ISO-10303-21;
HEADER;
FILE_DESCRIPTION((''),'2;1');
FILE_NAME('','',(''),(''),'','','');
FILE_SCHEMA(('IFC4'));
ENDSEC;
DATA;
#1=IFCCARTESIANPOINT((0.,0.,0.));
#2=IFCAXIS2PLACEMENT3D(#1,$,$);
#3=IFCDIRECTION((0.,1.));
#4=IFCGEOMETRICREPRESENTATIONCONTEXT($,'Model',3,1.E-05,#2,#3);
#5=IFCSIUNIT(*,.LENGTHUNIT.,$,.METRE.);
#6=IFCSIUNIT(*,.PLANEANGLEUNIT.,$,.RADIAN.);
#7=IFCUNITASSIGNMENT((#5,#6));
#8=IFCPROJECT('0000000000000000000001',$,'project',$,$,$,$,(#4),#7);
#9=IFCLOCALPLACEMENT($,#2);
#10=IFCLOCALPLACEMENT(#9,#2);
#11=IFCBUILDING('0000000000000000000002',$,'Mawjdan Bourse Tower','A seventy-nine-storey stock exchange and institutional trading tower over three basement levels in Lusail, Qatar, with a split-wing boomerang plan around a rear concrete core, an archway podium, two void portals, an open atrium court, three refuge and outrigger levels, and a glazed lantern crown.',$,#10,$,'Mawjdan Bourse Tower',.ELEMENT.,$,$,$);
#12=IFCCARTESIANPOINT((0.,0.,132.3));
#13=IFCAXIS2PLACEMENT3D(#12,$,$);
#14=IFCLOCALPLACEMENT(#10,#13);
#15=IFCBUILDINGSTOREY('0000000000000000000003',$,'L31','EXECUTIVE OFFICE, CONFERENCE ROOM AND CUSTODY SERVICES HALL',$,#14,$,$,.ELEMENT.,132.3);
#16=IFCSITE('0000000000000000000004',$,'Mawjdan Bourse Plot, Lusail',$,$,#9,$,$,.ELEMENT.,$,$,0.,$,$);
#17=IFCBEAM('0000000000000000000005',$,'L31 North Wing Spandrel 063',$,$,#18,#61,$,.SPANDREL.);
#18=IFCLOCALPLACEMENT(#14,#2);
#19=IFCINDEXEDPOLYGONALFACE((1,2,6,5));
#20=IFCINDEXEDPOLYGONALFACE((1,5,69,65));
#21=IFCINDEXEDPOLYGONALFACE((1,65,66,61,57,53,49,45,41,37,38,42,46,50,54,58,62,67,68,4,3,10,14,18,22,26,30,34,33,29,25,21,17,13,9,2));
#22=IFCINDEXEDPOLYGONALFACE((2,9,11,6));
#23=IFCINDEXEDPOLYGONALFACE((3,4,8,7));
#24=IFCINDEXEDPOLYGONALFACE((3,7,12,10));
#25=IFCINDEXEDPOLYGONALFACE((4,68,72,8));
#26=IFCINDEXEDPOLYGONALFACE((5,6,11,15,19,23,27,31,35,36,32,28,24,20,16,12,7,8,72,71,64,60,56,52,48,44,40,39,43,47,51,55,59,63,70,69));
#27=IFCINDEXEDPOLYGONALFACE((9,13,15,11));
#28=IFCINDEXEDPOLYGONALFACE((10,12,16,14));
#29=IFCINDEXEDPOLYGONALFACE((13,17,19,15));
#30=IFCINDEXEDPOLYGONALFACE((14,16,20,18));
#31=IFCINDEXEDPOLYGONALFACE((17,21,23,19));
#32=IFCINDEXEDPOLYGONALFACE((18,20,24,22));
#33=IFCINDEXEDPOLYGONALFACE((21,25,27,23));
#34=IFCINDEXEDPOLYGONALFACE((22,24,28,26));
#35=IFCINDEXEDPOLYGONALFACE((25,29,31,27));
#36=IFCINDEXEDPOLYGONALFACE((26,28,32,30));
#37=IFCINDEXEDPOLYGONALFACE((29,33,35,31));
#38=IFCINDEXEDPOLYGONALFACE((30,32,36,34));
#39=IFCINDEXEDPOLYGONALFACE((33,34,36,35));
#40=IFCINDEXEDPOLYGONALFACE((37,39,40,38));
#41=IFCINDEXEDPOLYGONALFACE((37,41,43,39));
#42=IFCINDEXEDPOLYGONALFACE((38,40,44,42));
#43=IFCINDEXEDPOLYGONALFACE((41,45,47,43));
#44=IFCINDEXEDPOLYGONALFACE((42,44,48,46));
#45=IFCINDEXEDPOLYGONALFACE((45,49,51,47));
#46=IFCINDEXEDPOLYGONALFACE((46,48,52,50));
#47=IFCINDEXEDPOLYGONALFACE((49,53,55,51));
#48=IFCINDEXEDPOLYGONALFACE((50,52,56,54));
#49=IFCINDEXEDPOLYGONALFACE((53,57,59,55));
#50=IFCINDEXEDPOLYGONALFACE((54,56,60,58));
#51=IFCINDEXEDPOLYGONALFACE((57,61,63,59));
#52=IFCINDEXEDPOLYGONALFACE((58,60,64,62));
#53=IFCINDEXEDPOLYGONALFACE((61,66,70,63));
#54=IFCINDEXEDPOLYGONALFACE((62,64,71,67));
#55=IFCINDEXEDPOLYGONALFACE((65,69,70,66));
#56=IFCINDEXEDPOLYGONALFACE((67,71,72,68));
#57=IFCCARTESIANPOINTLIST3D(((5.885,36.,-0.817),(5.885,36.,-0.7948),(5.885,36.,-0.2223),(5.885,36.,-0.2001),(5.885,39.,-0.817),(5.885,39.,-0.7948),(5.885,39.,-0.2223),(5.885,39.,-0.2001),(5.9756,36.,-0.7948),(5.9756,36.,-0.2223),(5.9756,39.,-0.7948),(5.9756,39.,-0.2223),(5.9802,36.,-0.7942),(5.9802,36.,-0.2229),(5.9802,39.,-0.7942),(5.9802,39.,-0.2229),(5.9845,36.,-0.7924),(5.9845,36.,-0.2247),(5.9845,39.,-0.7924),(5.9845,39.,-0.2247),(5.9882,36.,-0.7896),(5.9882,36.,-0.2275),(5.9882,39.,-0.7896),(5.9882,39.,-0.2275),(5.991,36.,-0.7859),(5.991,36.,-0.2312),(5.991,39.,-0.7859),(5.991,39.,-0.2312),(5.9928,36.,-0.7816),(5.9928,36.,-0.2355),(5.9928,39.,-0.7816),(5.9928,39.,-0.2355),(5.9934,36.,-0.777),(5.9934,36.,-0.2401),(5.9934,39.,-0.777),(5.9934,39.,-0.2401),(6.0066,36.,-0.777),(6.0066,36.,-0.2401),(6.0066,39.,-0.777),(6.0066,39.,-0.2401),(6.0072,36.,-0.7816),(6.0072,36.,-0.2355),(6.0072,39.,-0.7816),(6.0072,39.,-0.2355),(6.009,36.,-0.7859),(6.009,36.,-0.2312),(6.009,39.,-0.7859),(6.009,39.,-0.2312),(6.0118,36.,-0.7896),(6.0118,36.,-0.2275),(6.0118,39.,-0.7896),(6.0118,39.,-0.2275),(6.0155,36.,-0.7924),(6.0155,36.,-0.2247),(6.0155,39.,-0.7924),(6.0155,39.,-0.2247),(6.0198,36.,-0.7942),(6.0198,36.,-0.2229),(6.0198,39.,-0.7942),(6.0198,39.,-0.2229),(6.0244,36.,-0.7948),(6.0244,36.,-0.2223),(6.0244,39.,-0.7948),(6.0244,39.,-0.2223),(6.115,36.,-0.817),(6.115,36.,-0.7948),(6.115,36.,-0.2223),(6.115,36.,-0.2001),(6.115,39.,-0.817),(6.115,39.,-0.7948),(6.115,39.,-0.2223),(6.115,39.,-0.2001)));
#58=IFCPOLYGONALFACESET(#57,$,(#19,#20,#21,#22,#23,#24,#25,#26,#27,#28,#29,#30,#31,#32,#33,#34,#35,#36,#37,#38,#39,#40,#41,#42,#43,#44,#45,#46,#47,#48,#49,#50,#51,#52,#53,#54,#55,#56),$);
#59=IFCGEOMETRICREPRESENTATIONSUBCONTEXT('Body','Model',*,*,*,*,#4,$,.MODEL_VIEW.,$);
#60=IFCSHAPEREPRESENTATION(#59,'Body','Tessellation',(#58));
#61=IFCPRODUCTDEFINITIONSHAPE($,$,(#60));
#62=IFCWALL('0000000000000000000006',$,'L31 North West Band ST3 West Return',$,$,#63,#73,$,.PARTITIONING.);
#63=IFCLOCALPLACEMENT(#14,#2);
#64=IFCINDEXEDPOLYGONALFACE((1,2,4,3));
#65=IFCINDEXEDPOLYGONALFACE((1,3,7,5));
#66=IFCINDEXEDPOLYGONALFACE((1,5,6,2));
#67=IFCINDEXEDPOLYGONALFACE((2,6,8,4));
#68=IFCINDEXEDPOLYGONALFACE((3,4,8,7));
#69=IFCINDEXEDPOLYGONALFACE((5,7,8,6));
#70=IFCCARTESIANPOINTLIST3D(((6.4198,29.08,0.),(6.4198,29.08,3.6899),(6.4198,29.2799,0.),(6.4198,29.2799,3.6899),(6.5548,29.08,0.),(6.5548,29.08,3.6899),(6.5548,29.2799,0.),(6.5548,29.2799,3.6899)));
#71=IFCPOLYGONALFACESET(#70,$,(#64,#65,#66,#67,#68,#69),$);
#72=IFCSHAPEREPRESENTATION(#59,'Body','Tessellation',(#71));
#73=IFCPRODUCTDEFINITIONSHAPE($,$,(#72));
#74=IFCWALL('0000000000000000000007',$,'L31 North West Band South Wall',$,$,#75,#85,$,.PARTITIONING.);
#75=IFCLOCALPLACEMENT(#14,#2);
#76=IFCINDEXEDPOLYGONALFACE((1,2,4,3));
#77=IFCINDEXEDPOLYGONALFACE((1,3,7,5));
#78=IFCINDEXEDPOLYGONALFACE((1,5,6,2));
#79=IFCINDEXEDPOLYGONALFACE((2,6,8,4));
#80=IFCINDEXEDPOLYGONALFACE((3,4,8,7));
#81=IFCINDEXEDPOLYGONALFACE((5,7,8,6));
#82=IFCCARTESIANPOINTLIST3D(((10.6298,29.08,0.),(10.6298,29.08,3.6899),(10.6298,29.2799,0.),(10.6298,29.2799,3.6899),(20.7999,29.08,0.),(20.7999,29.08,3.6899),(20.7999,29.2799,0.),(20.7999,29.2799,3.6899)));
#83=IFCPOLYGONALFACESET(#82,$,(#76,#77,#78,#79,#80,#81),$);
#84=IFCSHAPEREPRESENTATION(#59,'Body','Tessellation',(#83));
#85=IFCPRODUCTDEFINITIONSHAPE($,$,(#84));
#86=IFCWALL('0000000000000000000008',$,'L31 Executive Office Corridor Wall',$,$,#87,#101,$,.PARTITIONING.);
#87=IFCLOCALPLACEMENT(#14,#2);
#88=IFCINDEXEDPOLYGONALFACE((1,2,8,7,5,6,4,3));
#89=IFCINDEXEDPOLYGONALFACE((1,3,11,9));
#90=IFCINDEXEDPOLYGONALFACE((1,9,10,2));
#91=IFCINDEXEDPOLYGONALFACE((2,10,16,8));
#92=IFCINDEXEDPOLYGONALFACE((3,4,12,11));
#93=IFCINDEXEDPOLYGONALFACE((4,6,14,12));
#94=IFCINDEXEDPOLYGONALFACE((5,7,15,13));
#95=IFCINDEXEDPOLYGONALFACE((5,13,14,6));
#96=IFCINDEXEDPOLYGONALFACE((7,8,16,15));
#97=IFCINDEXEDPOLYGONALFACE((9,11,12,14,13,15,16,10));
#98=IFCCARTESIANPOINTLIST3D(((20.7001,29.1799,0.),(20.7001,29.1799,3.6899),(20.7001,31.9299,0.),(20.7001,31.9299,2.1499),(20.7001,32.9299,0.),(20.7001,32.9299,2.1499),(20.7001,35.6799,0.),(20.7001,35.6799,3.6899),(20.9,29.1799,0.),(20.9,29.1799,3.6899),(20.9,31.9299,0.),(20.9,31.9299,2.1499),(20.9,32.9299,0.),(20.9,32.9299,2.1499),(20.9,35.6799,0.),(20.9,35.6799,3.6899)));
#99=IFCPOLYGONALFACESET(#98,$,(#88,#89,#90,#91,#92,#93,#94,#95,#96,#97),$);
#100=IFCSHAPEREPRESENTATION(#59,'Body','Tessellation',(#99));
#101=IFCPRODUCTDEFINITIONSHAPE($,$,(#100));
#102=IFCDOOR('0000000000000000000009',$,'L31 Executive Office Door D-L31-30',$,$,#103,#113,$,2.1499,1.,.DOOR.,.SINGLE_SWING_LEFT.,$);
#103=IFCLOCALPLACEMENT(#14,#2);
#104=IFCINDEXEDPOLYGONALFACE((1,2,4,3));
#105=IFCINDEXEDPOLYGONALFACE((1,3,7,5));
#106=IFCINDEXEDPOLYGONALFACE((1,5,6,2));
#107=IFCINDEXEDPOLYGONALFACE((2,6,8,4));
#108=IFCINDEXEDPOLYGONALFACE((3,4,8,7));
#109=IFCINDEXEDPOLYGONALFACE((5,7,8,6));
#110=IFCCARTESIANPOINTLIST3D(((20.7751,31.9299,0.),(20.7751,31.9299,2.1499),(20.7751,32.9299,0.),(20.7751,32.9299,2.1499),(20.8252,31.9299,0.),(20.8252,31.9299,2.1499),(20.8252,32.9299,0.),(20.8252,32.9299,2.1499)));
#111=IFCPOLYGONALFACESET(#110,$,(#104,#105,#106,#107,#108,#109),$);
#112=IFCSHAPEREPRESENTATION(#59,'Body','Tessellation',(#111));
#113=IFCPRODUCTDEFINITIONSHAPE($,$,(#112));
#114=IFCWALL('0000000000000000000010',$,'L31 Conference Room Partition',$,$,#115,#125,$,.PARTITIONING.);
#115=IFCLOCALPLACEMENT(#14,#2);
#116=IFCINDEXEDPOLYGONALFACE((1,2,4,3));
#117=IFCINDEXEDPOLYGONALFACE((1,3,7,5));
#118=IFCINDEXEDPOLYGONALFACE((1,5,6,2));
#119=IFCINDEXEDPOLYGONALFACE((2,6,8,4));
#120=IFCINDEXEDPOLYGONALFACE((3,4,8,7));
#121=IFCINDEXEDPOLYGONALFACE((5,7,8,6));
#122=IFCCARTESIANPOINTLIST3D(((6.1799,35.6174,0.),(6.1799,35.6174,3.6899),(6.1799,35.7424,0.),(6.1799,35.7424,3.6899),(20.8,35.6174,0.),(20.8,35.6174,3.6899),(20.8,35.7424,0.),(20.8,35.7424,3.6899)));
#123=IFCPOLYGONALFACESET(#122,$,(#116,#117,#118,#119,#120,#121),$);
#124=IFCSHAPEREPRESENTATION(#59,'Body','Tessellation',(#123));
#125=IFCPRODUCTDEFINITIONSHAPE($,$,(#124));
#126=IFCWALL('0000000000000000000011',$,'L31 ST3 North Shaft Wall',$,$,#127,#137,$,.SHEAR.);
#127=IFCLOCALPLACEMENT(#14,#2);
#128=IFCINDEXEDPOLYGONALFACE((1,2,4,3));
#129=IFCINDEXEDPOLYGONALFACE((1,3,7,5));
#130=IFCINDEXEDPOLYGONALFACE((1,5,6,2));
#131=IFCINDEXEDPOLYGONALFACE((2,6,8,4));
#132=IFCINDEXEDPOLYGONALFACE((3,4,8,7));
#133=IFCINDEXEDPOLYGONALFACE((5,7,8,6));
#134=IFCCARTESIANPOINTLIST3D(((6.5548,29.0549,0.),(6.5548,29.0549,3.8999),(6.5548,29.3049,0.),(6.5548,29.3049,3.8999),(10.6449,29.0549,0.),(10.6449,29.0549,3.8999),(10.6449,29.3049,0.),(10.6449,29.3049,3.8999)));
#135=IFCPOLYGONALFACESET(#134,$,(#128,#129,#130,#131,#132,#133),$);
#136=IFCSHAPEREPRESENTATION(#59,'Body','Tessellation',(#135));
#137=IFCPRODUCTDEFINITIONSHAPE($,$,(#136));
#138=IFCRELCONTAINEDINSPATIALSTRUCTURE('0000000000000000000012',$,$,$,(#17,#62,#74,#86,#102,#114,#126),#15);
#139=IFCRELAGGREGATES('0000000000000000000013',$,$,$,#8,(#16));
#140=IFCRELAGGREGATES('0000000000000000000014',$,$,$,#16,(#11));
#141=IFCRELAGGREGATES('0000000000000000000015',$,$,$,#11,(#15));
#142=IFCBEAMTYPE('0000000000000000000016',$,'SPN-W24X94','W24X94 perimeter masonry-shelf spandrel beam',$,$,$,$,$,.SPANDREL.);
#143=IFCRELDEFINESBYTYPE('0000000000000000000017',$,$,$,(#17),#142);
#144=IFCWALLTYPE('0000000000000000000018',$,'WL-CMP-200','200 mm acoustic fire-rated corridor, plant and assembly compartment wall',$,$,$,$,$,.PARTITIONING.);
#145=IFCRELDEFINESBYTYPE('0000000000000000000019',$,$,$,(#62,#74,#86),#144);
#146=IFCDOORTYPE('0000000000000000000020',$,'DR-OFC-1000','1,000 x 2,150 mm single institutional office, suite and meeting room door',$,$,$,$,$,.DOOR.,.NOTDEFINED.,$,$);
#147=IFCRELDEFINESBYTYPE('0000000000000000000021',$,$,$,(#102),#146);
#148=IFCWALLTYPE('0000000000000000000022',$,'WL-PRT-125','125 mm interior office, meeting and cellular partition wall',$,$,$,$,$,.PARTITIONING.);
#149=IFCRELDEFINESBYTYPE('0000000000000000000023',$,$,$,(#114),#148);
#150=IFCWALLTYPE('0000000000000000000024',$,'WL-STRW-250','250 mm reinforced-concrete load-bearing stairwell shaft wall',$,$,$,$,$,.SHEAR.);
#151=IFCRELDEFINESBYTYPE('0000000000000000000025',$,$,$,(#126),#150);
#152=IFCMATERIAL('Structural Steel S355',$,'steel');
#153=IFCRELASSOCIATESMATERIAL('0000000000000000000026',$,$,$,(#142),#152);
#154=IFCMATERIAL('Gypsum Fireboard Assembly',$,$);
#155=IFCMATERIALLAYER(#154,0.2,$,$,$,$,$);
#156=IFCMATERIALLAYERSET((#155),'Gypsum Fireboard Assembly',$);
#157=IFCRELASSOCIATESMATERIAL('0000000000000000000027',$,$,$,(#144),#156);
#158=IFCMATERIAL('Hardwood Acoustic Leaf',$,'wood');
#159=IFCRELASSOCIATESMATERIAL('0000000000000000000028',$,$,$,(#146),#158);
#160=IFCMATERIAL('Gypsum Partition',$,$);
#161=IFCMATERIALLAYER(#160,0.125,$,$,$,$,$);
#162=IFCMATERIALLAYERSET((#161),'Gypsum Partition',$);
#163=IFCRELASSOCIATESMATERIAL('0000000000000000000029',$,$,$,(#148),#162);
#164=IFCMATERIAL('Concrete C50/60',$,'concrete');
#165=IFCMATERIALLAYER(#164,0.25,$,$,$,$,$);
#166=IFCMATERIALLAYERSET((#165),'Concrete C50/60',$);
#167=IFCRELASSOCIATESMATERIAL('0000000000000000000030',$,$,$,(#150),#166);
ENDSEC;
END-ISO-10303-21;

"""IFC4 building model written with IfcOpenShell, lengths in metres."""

from ifc_helpers import new_model, si_unit, direction, frame, frame_2d, origin, origin_2d, place, context, subcontext, project, spatial, rectangle, i_section, extrude, material, layer, layer_set, material_profile, profile_set, type_object, element, fill, save


model = new_model("IFC4")

# Units and contexts
model_context = context("Model", 3, precision=1e-05, world=origin(), true_north=direction((0.0, 1.0)))
body_context = subcontext(model_context, "Body", "Model", "MODEL_VIEW")
ifc_project = project(units=[si_unit("LENGTHUNIT", "METRE"), si_unit("PLANEANGLEUNIT", "RADIAN")], contexts=[model_context])

# Site, building, storey
site_placement = place(None, origin())
site = spatial("IfcSite", under=ifc_project, at=site_placement, Name="Mawjdan Bourse Plot, Lusail", CompositionType="ELEMENT", RefElevation=0.0)
building_placement = place(site_placement, origin())
building = spatial("IfcBuilding", under=site, at=building_placement, Name="Mawjdan Bourse Tower", Description="A seventy-nine-storey stock exchange and institutional trading tower over three basement levels in Lusail, Qatar, with a split-wing boomerang plan around a rear concrete core, an archway podium, two void portals, an open atrium court, three refuge and outrigger levels, and a glazed lantern crown.", LongName="Mawjdan Bourse Tower", CompositionType="ELEMENT")
storey_placement = place(building_placement, frame((0.0, 0.0, 132.3)))
storey = spatial("IfcBuildingStorey", under=building, at=storey_placement, Name="L31", Description="EXECUTIVE OFFICE, CONFERENCE ROOM AND CUSTODY SERVICES HALL", CompositionType="ELEMENT", Elevation=132.3)

# Beam
ifc_material_1 = material(Name="Structural Steel S355", Category="steel")
ifc_material_profile_1 = material_profile(ifc_material_1, i_section(OverallWidth=0.23, OverallDepth=0.6169, WebThickness=0.0132, FlangeThickness=0.0222, FilletRadius=0.0178, at=origin_2d()), Name="W24X94")
ifc_profile_set_1 = profile_set([ifc_material_profile_1], Name="Structural Steel S355")
beam_type_1 = type_object("IfcBeamType", Name="SPN-W24X94", Description="W24X94 perimeter masonry-shelf spandrel beam", PredefinedType="SPANDREL", material=ifc_profile_set_1)
beam_1_placement = place(storey_placement, frame((6.0, 36.0, -0.5085), z_axis=(0.0, 1.0, 0.0), x_axis=(-1.0, 0.0, 0.0)))
element("IfcBeam", 1, at=beam_1_placement, inside=storey, type_object=beam_type_1, Name="L31 North Wing Spandrel 063", PredefinedType="SPANDREL", context=body_context, shape_type="SweptSolid", body=[
    extrude(i_section(OverallWidth=0.23, OverallDepth=0.6169, WebThickness=0.0132, FlangeThickness=0.0222, FilletRadius=0.0178, at=origin_2d()), origin(), (0.0, 0.0, 1.0), 3.0),
])

# Walls
ifc_material_2 = material(Name="Gypsum Fireboard Assembly")
ifc_layer_1 = layer(ifc_material_2, 0.2)
ifc_layer_set_1 = layer_set([ifc_layer_1], Name="Gypsum Fireboard Assembly")
wall_type_1 = type_object("IfcWallType", Name="WL-CMP-200", Description="200 mm acoustic fire-rated corridor, plant and assembly compartment wall", PredefinedType="PARTITIONING", material=ifc_layer_set_1)
wall_1_placement = place(storey_placement, frame((6.4199, 29.1799, 0.0), z_axis=(0.0, 0.0, 1.0), x_axis=(1.0, 0.0, 0.0)))
element("IfcWall", 2, at=wall_1_placement, inside=storey, type_object=wall_type_1, Name="L31 North West Band ST3 West Return", PredefinedType="PARTITIONING", context=body_context, shape_type="SweptSolid", body=[
    extrude(rectangle(XDim=0.135, YDim=0.2, at=frame_2d((0.0674, 0.0))), origin(), (0.0, 0.0, 1.0), 3.6899),
])
wall_2_placement = place(storey_placement, frame((10.6299, 29.1799, 0.0), z_axis=(0.0, 0.0, 1.0), x_axis=(1.0, 0.0, 0.0)))
element("IfcWall", 3, at=wall_2_placement, inside=storey, type_object=wall_type_1, Name="L31 North West Band South Wall", PredefinedType="PARTITIONING", context=body_context, shape_type="SweptSolid", body=[
    extrude(rectangle(XDim=10.1702, YDim=0.2, at=frame_2d((5.085, 0.0))), origin(), (0.0, 0.0, 1.0), 3.6899),
])

# Wall, opening, door
wall_3_placement = place(storey_placement, frame((20.8, 29.1799, 0.0), z_axis=(0.0, 0.0, 1.0), x_axis=(0.0, 1.0, 0.0)))
wall_3 = element("IfcWall", 4, at=wall_3_placement, inside=storey, type_object=wall_type_1, Name="L31 Executive Office Corridor Wall", PredefinedType="PARTITIONING", context=body_context, shape_type="SweptSolid", body=[
    extrude(rectangle(XDim=6.5, YDim=0.2, at=frame_2d((3.25, 0.0))), origin(), (0.0, 0.0, 1.0), 3.6899),
])
opening_1_placement = place(wall_3_placement, frame((2.75, 0.0, 0.0)))
opening_1 = element("IfcOpeningElement", 5, at=opening_1_placement, cuts=wall_3, PredefinedType="OPENING", context=body_context, shape_type="SweptSolid", body=[
    extrude(rectangle(XDim=1.0, YDim=2.1499, at=frame_2d((0.5, 1.075))), frame((0.0, 0.1099, 0.0), z_axis=(0.0, -1.0, 0.0), x_axis=(1.0, 0.0, 0.0)), (0.0, 0.0, 1.0), 0.22),
])
ifc_material_3 = material(Name="Hardwood Acoustic Leaf", Category="wood")
door_type = type_object("IfcDoorType", Name="DR-OFC-1000", Description="1,000 x 2,150 mm single institutional office, suite and meeting room door", OperationType="NOTDEFINED", PredefinedType="DOOR", material=ifc_material_3)
door_1_placement = place(opening_1_placement, origin())
door_1 = element("IfcDoor", 6, at=door_1_placement, inside=storey, type_object=door_type, Name="L31 Executive Office Door D-L31-30", OperationType="SINGLE_SWING_LEFT", OverallHeight=2.1499, OverallWidth=1.0, PredefinedType="DOOR", context=body_context, shape_type="SweptSolid", body=[
    extrude(rectangle(XDim=1.0, YDim=2.1499, at=frame_2d((0.5, 1.075))), frame((0.0, 0.0249, 0.0), z_axis=(0.0, -1.0, 0.0), x_axis=(1.0, 0.0, 0.0)), (0.0, 0.0, 1.0), 0.05),
])
fill(opening_1, door_1)

# Walls
ifc_material_4 = material(Name="Gypsum Partition")
ifc_layer_2 = layer(ifc_material_4, 0.125)
ifc_layer_set_2 = layer_set([ifc_layer_2], Name="Gypsum Partition")
wall_type_2 = type_object("IfcWallType", Name="WL-PRT-125", Description="125 mm interior office, meeting and cellular partition wall", PredefinedType="PARTITIONING", material=ifc_layer_set_2)
wall_4_placement = place(storey_placement, frame((6.1799, 35.6799, 0.0), z_axis=(0.0, 0.0, 1.0), x_axis=(1.0, 0.0, 0.0)))
element("IfcWall", 7, at=wall_4_placement, inside=storey, type_object=wall_type_2, Name="L31 Conference Room Partition", PredefinedType="PARTITIONING", context=body_context, shape_type="SweptSolid", body=[
    extrude(rectangle(XDim=14.6201, YDim=0.125, at=frame_2d((7.3101, 0.0))), origin(), (0.0, 0.0, 1.0), 3.6899),
])
ifc_material_5 = material(Name="Concrete C50/60", Category="concrete")
ifc_layer_3 = layer(ifc_material_5, 0.25)
ifc_layer_set_3 = layer_set([ifc_layer_3], Name="Concrete C50/60")
wall_type_3 = type_object("IfcWallType", Name="WL-STRW-250", Description="250 mm reinforced-concrete load-bearing stairwell shaft wall", PredefinedType="SHEAR", material=ifc_layer_set_3)
wall_5_placement = place(storey_placement, frame((6.5549, 29.1799, 0.0), z_axis=(0.0, 0.0, 1.0), x_axis=(1.0, 0.0, 0.0)))
element("IfcWall", 8, at=wall_5_placement, inside=storey, type_object=wall_type_3, Name="L31 ST3 North Shaft Wall", PredefinedType="SHEAR", context=body_context, shape_type="SweptSolid", body=[
    extrude(rectangle(XDim=4.0901, YDim=0.25, at=frame_2d((2.0449, 0.0))), origin(), (0.0, 0.0, 1.0), 3.8999),
])

save(model, "model.ifc")
